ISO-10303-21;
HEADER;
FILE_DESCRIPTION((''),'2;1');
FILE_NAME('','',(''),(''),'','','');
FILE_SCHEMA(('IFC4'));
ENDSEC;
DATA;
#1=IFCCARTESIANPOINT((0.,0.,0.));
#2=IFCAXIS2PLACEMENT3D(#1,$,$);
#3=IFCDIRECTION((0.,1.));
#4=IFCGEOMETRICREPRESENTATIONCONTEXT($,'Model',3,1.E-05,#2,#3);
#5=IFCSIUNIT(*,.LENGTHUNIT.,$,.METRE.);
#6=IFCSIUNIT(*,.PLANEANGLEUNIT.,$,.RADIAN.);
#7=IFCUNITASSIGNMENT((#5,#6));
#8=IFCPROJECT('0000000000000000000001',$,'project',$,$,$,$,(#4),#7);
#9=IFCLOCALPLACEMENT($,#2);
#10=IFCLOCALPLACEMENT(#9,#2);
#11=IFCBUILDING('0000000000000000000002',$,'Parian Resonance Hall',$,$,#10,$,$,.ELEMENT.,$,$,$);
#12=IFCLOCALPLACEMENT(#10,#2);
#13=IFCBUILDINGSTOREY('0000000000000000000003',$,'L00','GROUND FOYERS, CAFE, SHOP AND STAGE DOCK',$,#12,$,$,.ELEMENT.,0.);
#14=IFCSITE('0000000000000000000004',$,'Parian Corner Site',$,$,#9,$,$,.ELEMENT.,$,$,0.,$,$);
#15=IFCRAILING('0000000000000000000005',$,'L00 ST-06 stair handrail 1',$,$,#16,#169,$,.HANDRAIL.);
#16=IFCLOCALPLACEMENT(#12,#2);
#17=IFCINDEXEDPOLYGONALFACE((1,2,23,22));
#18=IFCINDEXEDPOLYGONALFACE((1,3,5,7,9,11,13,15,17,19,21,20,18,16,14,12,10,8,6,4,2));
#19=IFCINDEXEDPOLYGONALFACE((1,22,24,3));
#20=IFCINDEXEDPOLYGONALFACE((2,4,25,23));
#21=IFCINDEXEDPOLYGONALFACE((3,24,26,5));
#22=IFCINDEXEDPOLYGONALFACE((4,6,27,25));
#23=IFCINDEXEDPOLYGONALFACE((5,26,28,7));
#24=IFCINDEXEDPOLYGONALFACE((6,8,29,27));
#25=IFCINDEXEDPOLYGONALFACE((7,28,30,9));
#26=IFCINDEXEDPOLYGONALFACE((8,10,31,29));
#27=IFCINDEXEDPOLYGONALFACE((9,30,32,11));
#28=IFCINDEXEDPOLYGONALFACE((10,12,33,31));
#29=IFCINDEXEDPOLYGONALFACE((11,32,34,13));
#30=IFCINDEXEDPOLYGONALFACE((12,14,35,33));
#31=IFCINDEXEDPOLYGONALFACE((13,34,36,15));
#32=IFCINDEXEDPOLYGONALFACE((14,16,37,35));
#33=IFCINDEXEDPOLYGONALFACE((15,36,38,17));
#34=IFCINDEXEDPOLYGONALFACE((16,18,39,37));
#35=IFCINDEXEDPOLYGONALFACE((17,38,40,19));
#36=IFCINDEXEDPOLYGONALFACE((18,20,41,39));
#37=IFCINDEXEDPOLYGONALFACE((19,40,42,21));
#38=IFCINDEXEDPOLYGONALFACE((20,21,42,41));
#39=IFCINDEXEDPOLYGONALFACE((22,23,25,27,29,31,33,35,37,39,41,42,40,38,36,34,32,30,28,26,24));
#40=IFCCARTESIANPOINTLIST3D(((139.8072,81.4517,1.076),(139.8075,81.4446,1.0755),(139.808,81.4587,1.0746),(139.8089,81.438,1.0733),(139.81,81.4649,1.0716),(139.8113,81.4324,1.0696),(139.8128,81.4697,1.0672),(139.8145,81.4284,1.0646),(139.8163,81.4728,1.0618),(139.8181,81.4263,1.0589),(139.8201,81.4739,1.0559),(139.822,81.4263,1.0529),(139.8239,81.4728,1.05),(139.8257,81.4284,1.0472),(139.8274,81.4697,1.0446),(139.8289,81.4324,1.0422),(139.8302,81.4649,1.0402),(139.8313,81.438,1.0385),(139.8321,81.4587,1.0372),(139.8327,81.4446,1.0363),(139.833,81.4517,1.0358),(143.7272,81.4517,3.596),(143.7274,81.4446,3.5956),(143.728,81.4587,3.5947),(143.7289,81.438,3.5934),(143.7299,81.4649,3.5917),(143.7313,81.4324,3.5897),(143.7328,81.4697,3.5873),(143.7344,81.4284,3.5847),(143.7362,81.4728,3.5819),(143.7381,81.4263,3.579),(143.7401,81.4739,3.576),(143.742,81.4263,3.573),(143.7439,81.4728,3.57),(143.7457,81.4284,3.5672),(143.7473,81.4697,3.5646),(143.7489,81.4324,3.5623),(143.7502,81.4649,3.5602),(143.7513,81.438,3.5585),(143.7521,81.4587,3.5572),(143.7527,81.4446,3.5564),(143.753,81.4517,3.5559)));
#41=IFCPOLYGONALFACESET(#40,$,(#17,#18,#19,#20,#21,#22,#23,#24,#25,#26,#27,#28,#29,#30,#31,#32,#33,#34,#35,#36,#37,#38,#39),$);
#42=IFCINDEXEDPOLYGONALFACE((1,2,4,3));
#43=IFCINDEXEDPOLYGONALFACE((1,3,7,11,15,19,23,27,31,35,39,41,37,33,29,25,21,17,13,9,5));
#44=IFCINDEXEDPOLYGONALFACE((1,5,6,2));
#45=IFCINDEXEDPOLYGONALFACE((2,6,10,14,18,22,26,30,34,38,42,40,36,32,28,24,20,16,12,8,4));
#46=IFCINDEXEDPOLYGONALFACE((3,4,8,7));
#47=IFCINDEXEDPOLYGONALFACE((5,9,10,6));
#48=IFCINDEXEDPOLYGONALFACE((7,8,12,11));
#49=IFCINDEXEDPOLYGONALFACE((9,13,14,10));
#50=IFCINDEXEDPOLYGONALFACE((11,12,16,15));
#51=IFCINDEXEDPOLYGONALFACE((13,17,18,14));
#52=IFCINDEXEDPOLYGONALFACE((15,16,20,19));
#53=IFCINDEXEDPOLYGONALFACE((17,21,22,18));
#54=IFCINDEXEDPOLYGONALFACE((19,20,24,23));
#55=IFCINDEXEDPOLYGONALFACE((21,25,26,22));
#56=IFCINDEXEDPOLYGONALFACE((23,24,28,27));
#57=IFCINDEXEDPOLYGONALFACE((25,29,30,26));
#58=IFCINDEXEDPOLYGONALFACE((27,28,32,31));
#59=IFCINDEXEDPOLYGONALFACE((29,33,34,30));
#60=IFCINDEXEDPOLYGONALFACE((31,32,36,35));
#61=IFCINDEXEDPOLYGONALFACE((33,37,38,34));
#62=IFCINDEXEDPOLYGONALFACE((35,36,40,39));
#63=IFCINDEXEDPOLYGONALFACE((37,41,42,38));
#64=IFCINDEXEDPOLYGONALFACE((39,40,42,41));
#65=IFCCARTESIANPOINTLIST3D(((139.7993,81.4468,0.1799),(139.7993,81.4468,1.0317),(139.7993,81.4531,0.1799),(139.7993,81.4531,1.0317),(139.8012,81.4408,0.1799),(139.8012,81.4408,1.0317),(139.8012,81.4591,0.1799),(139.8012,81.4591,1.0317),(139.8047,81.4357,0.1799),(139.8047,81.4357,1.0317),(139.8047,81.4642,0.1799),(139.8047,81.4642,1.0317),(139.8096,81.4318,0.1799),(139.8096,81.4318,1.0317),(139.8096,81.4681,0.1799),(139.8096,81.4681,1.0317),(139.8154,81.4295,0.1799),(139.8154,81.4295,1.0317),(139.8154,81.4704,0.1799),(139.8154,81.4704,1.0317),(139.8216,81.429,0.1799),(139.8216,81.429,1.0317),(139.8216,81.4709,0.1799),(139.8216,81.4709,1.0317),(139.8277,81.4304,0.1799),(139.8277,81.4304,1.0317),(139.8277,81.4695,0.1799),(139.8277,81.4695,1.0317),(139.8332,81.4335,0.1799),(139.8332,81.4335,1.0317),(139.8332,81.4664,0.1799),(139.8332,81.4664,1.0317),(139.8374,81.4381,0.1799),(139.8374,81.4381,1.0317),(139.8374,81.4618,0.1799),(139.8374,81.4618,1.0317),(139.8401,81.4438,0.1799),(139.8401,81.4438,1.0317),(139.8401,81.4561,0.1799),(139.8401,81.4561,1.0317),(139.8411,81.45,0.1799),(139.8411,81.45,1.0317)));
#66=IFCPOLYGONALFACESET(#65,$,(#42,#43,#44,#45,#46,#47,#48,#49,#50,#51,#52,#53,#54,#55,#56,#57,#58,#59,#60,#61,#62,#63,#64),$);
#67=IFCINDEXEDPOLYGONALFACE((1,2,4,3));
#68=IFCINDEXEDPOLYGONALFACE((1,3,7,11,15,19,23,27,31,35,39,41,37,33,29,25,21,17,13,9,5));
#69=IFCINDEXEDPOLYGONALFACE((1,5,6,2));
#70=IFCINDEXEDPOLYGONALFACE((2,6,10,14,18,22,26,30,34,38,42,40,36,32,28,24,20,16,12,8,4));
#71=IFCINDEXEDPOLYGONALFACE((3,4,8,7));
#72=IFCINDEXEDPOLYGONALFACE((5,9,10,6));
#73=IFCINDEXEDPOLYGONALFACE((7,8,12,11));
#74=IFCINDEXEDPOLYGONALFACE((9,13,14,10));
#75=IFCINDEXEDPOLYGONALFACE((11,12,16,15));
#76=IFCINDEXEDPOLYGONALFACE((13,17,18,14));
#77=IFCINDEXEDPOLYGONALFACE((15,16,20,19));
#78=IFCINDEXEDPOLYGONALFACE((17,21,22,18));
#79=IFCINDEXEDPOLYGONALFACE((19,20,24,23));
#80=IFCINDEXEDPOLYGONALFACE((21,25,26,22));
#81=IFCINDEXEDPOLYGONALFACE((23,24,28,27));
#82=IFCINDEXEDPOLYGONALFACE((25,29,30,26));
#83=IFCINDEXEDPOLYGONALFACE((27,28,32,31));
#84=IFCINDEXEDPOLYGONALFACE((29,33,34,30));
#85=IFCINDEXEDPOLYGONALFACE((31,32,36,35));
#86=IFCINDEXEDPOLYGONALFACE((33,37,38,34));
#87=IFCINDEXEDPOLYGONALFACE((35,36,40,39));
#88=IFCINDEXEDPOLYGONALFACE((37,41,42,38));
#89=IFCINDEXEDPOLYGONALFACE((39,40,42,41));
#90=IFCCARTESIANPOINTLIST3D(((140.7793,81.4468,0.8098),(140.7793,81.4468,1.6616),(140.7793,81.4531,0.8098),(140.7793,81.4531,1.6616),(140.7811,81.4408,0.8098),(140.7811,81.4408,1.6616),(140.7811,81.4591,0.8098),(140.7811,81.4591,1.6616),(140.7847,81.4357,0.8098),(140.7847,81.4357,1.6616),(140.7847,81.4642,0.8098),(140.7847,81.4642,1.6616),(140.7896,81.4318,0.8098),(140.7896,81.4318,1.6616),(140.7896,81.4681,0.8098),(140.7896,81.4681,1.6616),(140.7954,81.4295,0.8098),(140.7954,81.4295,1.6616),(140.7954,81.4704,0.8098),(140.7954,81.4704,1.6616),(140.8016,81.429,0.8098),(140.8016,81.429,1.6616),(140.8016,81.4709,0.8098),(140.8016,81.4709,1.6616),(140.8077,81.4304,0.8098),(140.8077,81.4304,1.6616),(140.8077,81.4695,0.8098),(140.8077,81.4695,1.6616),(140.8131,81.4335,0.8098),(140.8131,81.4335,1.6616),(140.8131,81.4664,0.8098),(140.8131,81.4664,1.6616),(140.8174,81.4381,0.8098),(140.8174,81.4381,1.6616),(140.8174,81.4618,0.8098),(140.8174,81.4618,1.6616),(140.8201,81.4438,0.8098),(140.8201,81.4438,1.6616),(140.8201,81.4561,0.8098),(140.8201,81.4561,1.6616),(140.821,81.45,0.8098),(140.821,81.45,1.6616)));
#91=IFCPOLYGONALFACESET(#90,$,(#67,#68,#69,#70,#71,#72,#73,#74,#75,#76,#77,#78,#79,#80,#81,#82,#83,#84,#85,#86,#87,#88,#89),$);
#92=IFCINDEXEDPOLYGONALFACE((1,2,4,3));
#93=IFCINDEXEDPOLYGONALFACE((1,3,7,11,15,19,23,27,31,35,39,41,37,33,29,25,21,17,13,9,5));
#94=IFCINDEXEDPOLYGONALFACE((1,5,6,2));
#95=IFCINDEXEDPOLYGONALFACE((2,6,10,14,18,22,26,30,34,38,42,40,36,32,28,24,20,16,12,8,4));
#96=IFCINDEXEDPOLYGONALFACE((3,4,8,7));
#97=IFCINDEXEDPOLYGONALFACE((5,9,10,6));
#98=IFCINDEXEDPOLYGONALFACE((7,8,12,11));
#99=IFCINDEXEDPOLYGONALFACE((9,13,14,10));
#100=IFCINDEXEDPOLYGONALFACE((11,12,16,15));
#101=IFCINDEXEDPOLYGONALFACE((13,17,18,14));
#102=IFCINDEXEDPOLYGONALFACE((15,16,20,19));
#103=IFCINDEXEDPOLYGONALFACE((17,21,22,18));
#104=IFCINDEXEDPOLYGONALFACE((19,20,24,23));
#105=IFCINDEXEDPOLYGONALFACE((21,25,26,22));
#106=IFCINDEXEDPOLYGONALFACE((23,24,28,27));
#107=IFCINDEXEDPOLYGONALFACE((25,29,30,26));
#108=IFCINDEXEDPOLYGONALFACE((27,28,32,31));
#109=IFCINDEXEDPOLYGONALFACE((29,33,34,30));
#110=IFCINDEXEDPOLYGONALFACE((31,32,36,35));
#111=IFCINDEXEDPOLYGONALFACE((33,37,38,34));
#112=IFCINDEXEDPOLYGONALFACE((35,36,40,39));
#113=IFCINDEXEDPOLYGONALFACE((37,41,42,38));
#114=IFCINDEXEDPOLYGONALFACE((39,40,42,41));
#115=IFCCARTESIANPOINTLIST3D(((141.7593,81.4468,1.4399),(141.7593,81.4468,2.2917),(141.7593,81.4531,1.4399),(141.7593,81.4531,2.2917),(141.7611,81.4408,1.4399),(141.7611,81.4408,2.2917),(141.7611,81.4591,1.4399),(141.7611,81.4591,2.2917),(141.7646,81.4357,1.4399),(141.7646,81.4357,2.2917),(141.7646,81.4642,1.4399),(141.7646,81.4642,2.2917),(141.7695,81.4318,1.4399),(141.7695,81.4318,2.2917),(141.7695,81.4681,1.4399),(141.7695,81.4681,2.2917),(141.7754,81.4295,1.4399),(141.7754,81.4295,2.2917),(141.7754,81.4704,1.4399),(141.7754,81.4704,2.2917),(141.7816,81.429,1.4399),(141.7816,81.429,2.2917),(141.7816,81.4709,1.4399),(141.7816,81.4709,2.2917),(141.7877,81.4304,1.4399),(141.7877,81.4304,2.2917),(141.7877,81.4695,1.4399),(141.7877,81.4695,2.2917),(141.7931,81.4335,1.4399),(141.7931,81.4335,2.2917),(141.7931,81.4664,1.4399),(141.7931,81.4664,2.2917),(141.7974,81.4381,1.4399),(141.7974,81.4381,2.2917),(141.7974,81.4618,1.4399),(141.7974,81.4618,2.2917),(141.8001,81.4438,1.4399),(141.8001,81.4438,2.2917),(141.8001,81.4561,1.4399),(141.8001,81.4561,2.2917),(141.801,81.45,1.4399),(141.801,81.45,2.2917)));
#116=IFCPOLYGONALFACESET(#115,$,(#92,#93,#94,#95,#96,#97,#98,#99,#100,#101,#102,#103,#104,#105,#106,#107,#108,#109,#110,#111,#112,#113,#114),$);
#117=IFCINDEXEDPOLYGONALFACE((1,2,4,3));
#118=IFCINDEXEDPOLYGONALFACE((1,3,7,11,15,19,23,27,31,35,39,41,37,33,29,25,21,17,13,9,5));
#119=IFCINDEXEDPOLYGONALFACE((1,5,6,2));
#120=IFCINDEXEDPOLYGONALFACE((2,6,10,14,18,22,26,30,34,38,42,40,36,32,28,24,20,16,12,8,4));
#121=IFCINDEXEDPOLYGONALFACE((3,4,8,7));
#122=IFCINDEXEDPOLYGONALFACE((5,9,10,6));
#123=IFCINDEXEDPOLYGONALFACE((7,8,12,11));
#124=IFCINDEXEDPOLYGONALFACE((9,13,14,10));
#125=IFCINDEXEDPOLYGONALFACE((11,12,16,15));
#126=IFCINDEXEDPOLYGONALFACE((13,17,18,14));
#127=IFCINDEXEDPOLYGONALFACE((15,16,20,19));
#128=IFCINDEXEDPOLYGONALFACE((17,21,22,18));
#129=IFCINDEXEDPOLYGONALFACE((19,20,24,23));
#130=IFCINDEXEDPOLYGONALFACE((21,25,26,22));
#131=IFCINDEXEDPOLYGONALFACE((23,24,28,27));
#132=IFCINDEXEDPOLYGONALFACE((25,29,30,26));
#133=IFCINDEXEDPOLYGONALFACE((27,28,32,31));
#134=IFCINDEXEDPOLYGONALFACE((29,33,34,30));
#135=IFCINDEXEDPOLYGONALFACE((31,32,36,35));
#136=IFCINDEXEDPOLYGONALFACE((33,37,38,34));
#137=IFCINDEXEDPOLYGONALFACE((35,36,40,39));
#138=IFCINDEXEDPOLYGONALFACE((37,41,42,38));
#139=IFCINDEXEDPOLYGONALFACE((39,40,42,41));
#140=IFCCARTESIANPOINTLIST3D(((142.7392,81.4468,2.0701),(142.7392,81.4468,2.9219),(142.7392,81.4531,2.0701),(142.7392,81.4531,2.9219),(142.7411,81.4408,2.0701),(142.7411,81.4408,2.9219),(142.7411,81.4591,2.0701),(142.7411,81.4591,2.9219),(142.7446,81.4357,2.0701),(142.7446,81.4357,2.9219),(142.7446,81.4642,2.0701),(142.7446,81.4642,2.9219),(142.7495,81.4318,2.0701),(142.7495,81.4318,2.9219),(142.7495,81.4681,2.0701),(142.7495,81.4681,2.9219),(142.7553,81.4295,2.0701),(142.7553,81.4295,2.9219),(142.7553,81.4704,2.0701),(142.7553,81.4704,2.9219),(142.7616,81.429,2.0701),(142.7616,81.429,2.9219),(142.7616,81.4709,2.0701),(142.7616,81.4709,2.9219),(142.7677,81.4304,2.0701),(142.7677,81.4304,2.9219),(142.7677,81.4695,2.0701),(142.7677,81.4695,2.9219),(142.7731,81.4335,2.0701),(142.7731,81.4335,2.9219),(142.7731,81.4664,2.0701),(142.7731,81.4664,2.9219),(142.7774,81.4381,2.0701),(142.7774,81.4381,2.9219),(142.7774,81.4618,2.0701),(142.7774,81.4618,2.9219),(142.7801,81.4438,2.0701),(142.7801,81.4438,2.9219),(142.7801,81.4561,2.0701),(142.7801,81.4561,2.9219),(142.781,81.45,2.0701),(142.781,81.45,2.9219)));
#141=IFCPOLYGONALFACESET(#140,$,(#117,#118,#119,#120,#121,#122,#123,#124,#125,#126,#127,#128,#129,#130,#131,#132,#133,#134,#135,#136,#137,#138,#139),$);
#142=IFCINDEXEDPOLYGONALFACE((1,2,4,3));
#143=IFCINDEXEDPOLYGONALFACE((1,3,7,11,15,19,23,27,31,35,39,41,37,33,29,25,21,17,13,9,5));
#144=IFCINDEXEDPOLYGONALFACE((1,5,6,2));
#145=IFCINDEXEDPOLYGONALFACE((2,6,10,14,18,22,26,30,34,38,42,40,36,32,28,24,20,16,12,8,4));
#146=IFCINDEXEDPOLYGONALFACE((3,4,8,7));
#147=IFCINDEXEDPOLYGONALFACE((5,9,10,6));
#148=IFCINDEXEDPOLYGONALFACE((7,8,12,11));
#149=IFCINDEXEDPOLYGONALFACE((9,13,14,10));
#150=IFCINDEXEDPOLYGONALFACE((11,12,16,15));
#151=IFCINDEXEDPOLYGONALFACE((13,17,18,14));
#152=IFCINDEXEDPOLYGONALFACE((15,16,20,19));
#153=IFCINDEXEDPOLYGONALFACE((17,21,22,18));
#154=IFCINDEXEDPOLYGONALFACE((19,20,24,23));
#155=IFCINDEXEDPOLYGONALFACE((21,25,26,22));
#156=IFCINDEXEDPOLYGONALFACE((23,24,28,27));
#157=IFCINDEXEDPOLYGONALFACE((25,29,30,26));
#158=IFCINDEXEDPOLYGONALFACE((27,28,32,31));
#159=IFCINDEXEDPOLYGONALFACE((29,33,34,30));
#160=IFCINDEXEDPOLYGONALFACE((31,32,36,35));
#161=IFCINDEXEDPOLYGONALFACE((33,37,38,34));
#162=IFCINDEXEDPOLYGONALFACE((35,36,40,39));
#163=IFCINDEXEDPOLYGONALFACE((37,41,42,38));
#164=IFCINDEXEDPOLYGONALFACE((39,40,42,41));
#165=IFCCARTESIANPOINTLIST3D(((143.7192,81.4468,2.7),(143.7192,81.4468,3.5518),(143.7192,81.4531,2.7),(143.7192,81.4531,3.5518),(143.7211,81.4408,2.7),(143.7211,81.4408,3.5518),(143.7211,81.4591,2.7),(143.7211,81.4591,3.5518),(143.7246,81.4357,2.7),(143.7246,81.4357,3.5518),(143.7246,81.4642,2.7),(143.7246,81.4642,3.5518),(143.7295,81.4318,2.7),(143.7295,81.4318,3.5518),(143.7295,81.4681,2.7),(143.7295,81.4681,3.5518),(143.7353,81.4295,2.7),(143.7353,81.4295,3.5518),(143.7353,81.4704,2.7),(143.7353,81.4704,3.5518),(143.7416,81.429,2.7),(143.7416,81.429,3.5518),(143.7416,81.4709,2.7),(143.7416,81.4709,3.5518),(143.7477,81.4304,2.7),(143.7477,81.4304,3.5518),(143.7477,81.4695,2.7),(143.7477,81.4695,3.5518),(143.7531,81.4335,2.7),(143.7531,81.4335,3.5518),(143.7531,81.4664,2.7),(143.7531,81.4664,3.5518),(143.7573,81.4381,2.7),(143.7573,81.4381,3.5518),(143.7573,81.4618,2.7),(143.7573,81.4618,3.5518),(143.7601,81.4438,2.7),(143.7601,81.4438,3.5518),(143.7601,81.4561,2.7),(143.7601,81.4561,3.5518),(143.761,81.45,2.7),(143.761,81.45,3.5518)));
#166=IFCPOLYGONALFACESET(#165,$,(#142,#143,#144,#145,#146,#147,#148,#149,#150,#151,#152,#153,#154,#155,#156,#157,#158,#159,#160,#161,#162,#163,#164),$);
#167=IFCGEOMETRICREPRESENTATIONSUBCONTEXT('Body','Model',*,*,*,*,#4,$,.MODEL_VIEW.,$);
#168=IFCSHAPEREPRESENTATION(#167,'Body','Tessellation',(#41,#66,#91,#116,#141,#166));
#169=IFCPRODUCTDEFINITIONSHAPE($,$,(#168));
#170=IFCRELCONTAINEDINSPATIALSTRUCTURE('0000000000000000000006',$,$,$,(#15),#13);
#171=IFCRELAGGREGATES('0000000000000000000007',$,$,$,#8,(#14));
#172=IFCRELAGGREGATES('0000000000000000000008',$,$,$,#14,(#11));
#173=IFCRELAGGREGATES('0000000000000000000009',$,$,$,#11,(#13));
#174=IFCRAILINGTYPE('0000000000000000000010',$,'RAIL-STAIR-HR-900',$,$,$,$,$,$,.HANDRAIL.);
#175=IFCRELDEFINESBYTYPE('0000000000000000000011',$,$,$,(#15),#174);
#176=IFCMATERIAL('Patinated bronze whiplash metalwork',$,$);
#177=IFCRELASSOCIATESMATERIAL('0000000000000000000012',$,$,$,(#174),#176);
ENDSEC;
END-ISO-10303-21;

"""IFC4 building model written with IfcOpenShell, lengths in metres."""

from ifc_helpers import new_model, si_unit, direction, frame, origin, origin_2d, place, context, subcontext, project, spatial, circle, extrude, material, type_object, element, save


model = new_model("IFC4")

# Units and contexts
model_context = context("Model", 3, precision=1e-05, world=origin(), true_north=direction((0.0, 1.0)))
body_context = subcontext(model_context, "Body", "Model", "MODEL_VIEW")
ifc_project = project(units=[si_unit("LENGTHUNIT", "METRE"), si_unit("PLANEANGLEUNIT", "RADIAN")], contexts=[model_context])

# Site, building, storey
site_placement = place(None, origin())
site = spatial("IfcSite", under=ifc_project, at=site_placement, Name="Parian Corner Site", CompositionType="ELEMENT", RefElevation=0.0)
building_placement = place(site_placement, origin())
building = spatial("IfcBuilding", under=site, at=building_placement, Name="Parian Resonance Hall", CompositionType="ELEMENT")
storey_placement = place(building_placement, origin())
storey = spatial("IfcBuildingStorey", under=building, at=storey_placement, Name="L00", Description="GROUND FOYERS, CAFE, SHOP AND STAGE DOCK", CompositionType="ELEMENT", Elevation=0.0)

# Railing
ifc_material_1 = material(Name="Patinated bronze whiplash metalwork")
railing_type_1 = type_object("IfcRailingType", Name="RAIL-STAIR-HR-900", PredefinedType="HANDRAIL", material=ifc_material_1)
railing_1_placement = place(storey_placement, frame((139.8201, 81.45, 0.1799)))
element("IfcRailing", 1, at=railing_1_placement, inside=storey, type_object=railing_type_1, Name="L00 ST-06 stair handrail 1", PredefinedType="HANDRAIL", context=body_context, shape_type="SweptSolid", body=[
    extrude(circle(Radius=0.0239, at=origin_2d()), frame((0.0, 0.0, 0.876), z_axis=(0.841172, 0.0, 0.540768), x_axis=(0.0, 1.0, 0.0)), (0.0, 0.0, 1.0), 4.6602),
    extrude(circle(Radius=0.021, at=origin_2d()), origin(), (0.0, 0.0, 1.0), 0.8518),
    extrude(circle(Radius=0.021, at=origin_2d()), frame((0.98, 0.0, 0.6299)), (0.0, 0.0, 1.0), 0.8518),
    extrude(circle(Radius=0.021, at=origin_2d()), frame((1.96, 0.0, 1.26)), (0.0, 0.0, 1.0), 0.8518),
    extrude(circle(Radius=0.021, at=origin_2d()), frame((2.9399, 0.0, 1.8901)), (0.0, 0.0, 1.0), 0.8518),
    extrude(circle(Radius=0.021, at=origin_2d()), frame((3.9199, 0.0, 2.52)), (0.0, 0.0, 1.0), 0.8518),
])

save(model, "model.ifc")
